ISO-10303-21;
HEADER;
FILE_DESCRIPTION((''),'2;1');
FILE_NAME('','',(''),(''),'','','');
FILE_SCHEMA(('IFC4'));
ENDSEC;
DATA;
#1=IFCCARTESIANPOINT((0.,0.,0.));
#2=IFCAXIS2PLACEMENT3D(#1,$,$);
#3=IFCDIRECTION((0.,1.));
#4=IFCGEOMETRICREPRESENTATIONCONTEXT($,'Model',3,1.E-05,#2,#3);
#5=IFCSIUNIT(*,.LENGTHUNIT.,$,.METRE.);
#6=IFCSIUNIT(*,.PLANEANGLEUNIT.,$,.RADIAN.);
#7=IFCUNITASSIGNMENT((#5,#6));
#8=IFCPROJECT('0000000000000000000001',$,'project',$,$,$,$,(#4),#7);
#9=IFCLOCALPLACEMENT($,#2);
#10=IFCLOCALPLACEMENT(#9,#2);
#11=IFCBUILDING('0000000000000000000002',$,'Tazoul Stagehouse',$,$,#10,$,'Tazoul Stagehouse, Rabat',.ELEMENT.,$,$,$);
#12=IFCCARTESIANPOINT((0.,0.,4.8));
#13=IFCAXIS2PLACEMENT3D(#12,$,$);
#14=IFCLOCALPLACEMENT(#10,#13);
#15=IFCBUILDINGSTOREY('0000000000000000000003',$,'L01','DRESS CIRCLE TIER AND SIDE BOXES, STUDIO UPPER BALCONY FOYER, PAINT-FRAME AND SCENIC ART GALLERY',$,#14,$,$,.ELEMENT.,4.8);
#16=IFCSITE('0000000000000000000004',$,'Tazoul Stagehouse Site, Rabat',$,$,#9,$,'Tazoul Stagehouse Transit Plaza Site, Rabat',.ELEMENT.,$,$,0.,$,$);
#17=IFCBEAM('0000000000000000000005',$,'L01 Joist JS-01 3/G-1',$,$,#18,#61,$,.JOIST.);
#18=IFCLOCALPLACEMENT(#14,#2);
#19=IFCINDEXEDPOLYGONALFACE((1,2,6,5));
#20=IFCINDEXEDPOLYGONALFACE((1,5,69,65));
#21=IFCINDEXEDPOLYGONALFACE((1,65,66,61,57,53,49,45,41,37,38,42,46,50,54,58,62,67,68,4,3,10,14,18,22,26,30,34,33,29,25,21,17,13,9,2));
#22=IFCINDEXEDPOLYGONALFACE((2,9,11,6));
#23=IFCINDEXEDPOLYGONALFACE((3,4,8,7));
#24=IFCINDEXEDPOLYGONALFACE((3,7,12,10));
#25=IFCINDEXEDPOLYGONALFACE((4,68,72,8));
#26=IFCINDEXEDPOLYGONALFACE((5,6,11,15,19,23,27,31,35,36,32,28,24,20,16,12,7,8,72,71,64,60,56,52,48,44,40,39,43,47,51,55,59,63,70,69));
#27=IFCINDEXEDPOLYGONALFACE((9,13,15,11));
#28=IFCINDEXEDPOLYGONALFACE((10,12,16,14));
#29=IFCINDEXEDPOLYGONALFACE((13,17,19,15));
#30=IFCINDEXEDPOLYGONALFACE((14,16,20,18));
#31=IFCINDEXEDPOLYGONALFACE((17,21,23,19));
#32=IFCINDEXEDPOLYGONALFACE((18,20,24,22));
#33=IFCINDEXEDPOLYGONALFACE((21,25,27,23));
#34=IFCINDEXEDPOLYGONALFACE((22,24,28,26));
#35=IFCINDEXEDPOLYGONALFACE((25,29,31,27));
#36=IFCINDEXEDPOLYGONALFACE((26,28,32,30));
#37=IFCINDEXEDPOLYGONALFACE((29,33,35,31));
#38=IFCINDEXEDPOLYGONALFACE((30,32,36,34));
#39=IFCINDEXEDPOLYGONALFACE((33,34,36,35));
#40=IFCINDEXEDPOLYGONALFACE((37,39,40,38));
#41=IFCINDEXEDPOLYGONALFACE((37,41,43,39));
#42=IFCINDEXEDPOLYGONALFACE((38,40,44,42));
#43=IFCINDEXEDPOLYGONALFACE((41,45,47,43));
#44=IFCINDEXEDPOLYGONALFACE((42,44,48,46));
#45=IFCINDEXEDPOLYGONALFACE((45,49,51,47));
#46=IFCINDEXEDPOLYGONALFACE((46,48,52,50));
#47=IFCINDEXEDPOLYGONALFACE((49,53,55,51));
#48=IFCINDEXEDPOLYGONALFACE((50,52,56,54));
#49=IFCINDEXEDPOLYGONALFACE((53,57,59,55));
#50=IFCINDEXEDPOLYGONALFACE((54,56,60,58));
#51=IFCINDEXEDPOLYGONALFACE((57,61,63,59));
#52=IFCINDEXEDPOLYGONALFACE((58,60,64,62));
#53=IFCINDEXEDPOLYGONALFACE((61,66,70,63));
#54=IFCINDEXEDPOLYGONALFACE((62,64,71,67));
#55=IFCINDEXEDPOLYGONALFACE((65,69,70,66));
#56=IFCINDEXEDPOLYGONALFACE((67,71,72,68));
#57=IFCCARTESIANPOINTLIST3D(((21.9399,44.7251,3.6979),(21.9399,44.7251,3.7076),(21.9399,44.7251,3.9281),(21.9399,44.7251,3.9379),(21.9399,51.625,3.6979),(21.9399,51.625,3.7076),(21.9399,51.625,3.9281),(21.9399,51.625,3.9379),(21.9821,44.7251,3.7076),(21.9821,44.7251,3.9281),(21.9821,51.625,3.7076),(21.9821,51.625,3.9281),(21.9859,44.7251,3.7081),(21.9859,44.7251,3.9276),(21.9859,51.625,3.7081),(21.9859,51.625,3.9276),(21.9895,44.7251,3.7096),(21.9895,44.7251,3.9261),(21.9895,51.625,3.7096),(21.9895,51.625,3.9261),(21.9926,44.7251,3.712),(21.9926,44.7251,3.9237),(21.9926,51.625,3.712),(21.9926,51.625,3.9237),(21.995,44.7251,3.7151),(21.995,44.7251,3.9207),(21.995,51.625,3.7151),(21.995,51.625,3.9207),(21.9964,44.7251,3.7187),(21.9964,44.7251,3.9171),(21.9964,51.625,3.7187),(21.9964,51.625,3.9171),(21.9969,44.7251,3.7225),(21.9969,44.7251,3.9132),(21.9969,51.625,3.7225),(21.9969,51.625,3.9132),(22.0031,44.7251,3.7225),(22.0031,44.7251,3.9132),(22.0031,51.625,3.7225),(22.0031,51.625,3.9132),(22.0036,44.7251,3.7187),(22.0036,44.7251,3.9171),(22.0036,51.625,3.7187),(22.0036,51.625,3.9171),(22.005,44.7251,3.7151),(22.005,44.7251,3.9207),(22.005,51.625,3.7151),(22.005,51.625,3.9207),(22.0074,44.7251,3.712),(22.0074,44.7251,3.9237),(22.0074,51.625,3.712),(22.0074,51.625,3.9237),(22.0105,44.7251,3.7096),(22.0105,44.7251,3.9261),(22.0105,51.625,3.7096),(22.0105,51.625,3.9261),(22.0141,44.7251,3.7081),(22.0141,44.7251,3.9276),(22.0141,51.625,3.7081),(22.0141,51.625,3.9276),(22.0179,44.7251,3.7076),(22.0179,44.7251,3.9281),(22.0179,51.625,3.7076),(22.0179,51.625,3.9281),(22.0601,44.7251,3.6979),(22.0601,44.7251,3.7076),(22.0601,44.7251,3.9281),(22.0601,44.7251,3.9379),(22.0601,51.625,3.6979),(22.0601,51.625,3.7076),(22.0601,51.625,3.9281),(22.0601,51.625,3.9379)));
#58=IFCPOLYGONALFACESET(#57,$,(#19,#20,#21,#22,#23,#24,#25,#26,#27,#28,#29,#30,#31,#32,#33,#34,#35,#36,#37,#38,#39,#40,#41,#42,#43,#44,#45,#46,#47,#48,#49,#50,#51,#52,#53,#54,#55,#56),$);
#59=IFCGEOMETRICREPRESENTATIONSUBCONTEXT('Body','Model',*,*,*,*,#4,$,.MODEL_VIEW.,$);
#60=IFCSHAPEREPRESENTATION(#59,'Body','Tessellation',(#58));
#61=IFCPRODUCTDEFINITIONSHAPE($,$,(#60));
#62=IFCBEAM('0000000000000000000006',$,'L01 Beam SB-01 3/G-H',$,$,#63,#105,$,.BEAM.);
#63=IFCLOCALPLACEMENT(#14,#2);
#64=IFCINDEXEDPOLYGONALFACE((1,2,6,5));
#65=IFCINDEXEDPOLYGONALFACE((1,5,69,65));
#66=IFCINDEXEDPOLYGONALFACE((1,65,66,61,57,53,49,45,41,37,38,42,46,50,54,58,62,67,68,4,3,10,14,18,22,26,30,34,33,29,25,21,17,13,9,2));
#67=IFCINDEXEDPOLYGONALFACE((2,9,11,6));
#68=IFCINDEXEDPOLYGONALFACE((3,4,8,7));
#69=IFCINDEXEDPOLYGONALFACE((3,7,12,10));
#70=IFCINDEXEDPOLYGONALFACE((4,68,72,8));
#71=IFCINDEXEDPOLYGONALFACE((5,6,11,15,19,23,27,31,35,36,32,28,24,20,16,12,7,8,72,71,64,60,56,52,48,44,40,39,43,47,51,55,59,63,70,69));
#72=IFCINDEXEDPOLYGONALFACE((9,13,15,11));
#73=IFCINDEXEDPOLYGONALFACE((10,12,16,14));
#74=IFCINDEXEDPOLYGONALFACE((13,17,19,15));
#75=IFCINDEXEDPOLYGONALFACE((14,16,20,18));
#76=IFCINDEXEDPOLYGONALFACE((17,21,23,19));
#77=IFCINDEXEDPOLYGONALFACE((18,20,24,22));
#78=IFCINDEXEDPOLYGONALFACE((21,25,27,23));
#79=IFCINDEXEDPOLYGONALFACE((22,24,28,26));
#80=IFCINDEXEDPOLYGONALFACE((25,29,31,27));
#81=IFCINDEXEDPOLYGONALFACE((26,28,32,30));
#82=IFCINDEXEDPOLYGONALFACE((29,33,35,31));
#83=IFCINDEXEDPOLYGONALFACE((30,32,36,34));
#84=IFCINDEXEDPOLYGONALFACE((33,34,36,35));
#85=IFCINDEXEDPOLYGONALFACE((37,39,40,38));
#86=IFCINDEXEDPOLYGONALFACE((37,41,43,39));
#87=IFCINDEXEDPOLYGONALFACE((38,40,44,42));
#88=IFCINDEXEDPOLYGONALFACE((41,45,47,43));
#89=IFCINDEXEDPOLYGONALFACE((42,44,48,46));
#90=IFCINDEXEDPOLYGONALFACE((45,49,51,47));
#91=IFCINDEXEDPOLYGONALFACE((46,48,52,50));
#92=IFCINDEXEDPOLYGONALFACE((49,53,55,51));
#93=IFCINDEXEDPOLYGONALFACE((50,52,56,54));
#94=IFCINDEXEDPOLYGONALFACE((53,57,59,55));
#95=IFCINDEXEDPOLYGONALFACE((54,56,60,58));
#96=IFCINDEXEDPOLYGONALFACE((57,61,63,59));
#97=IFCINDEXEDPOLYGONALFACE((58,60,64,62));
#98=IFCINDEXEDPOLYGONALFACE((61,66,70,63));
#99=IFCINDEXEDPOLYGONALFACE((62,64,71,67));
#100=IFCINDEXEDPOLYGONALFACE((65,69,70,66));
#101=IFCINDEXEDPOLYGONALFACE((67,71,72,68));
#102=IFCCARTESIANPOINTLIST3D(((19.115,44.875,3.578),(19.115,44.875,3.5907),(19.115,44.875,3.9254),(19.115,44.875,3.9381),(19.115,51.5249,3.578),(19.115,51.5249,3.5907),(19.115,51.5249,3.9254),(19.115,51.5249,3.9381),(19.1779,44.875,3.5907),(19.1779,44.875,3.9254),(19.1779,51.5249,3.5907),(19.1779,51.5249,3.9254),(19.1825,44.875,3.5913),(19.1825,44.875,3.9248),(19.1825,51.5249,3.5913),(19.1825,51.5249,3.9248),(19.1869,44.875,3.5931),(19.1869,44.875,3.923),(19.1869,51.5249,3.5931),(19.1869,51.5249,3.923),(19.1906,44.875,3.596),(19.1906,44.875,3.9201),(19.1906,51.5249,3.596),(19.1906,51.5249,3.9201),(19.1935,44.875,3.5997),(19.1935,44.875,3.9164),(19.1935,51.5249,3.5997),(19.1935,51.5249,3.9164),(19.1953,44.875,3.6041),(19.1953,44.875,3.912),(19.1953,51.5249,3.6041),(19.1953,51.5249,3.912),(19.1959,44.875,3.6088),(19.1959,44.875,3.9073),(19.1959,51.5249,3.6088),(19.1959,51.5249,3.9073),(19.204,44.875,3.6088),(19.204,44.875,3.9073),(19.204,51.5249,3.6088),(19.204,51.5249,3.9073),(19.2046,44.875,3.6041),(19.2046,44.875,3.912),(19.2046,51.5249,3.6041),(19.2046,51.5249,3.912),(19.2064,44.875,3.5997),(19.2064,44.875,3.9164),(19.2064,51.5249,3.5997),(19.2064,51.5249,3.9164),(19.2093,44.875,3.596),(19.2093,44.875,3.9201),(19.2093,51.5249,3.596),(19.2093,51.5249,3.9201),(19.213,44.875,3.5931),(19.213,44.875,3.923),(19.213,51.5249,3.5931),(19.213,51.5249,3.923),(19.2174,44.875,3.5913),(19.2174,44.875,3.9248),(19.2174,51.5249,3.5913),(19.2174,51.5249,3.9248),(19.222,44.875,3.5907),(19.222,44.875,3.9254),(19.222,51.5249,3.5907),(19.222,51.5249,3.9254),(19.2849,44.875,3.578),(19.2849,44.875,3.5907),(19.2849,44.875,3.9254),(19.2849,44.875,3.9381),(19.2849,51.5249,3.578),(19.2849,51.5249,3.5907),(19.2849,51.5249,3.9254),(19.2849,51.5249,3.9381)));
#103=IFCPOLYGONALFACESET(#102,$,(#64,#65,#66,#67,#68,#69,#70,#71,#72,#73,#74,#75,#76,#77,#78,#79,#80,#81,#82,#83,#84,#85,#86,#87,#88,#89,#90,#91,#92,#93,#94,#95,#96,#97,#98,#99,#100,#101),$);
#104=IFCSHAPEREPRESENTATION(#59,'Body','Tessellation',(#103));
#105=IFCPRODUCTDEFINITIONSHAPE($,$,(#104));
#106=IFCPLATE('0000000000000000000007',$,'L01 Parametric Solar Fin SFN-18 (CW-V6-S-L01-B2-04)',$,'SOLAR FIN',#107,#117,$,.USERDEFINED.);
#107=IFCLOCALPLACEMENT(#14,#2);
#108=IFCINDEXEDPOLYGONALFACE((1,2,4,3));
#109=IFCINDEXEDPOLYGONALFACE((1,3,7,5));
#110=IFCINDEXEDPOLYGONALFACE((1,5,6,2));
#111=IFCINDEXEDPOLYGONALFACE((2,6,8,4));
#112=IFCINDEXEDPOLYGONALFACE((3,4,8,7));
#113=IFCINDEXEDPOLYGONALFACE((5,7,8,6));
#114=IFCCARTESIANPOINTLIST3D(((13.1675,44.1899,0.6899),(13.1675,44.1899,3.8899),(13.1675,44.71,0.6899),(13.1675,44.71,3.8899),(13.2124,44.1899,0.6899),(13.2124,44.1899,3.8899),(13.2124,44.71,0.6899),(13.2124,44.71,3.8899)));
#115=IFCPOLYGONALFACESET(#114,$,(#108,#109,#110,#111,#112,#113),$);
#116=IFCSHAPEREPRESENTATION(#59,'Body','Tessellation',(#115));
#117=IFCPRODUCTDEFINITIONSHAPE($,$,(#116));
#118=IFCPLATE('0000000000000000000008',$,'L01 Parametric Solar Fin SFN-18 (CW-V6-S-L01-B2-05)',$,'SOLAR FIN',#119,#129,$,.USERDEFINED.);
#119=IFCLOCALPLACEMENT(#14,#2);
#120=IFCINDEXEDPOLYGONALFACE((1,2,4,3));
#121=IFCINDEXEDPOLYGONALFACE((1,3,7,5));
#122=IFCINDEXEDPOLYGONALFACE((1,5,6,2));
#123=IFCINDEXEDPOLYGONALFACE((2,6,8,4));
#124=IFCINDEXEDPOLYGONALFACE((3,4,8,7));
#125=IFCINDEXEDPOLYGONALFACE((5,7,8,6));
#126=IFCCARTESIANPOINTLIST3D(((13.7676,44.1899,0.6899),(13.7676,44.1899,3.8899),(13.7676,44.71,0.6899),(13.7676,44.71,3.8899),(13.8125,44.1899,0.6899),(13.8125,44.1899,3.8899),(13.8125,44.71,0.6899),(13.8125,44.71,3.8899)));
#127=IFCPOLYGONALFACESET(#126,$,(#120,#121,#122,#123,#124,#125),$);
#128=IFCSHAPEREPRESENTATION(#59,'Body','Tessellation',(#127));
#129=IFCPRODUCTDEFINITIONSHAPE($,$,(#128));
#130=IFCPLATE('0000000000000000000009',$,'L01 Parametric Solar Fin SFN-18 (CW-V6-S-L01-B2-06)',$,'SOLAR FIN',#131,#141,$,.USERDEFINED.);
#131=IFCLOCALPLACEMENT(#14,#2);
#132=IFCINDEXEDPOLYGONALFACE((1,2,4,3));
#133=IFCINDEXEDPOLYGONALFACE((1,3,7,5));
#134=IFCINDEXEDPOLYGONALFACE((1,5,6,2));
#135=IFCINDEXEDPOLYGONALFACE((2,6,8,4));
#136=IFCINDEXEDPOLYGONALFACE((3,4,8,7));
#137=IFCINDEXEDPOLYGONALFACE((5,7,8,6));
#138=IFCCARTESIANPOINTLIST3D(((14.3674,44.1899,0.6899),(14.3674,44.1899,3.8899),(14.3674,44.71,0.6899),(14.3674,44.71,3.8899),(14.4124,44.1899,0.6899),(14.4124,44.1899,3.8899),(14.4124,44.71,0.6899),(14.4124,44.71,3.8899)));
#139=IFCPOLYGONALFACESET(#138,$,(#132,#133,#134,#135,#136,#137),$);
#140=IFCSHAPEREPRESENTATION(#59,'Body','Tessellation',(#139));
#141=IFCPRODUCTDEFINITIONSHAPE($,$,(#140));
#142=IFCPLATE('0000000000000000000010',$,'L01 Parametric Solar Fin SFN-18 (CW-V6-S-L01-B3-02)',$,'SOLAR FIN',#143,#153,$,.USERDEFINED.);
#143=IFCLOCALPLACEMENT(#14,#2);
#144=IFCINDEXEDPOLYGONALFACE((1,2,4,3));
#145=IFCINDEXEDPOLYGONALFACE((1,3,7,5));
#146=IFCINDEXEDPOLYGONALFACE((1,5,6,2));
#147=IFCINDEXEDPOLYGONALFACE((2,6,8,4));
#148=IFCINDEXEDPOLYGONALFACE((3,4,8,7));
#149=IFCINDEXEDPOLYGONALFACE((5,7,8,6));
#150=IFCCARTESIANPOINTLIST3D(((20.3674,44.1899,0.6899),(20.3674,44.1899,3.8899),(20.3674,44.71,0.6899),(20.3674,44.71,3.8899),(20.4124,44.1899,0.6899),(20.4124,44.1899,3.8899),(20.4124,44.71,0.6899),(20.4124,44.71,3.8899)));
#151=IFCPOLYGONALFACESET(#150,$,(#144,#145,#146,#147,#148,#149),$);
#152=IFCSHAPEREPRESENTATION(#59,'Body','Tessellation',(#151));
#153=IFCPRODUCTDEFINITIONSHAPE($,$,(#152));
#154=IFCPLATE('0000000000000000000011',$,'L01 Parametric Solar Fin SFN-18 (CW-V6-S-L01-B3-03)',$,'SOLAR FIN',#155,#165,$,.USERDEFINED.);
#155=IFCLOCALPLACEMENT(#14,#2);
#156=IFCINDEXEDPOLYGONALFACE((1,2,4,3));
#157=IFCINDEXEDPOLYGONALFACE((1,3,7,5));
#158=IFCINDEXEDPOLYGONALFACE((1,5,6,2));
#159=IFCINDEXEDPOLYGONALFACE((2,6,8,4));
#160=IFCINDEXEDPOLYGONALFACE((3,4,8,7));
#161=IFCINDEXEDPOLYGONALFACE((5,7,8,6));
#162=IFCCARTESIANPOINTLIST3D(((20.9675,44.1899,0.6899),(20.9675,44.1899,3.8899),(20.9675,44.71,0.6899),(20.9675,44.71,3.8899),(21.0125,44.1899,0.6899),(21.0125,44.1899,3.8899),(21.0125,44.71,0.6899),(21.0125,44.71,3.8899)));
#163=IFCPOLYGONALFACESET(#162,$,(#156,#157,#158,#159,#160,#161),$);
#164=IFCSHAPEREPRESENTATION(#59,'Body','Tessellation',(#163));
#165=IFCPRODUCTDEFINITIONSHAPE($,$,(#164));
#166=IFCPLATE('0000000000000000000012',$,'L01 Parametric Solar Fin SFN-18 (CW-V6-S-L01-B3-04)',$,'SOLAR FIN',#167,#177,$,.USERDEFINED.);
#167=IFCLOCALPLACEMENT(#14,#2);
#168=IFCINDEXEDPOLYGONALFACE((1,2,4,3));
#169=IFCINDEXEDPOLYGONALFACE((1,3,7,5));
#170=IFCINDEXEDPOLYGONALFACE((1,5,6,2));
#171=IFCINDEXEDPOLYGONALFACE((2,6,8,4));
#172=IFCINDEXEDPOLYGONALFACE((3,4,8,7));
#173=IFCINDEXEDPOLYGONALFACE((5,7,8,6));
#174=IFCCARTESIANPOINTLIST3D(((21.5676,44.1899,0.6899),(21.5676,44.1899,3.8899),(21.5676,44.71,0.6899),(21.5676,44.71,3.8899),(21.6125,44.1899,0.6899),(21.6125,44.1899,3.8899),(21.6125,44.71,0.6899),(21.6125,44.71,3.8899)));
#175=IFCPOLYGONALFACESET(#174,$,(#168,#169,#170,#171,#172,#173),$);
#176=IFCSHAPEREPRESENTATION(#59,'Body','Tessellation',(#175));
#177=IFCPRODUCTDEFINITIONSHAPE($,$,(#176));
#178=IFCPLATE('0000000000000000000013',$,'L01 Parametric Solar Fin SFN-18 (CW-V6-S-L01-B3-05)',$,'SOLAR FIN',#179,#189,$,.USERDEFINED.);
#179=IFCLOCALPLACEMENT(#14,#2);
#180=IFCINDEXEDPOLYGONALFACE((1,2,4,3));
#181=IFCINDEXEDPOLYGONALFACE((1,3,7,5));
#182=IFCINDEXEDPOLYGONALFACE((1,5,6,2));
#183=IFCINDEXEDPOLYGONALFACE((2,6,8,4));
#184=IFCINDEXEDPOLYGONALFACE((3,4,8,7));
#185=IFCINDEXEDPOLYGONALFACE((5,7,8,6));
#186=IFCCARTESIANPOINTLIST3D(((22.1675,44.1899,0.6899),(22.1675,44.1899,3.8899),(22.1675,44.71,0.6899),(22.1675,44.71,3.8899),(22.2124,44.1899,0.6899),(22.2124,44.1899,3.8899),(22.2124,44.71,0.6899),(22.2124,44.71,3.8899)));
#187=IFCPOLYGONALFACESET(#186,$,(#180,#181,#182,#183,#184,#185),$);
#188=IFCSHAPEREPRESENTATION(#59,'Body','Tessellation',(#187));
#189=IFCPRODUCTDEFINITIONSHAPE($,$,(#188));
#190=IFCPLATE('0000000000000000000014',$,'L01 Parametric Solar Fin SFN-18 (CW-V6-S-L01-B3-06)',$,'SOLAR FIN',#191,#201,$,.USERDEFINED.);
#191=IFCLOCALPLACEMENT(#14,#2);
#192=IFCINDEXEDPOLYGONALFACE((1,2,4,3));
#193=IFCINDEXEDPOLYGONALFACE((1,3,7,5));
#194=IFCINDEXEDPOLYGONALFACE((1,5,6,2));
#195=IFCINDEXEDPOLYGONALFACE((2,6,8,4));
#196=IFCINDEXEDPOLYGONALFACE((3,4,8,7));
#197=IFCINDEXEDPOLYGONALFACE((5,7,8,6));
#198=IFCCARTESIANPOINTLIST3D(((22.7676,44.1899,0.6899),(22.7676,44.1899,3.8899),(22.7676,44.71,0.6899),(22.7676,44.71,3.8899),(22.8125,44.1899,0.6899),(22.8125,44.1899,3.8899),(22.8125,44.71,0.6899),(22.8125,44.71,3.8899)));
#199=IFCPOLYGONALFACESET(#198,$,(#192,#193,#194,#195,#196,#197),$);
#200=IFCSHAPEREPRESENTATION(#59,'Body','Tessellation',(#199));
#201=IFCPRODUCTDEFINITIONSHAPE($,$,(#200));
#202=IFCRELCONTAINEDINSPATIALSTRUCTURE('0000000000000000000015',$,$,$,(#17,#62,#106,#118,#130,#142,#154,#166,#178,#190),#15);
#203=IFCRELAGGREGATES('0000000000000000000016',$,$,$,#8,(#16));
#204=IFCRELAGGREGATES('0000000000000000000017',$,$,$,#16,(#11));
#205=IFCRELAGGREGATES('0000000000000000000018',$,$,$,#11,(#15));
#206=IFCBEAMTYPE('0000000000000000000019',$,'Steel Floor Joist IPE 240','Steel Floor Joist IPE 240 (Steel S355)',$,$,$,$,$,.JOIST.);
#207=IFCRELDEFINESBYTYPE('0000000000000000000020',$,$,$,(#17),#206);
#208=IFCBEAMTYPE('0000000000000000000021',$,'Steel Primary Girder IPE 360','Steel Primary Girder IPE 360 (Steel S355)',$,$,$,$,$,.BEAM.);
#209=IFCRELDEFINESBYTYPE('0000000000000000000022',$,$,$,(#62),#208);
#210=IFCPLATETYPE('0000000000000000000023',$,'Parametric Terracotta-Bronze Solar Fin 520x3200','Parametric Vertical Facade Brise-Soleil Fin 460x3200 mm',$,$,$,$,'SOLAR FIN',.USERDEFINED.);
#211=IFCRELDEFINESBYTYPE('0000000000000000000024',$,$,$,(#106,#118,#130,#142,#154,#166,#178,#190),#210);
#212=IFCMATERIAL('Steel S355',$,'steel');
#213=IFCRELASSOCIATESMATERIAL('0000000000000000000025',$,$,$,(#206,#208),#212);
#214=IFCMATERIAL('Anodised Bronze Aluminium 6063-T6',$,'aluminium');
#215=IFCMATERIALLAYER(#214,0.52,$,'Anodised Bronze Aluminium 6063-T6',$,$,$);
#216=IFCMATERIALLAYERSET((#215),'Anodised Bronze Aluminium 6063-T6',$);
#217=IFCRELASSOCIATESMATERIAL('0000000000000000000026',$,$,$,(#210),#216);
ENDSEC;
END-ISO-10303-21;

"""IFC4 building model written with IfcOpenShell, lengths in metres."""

from ifc_helpers import new_model, si_unit, direction, frame, origin, origin_2d, place, context, subcontext, project, spatial, rectangle, i_section, extrude, material, layer, layer_set, material_profile, profile_set, type_object, element, save


model = new_model("IFC4")

# Units and contexts
model_context = context("Model", 3, precision=1e-05, world=origin(), true_north=direction((0.0, 1.0)))
body_context = subcontext(model_context, "Body", "Model", "MODEL_VIEW")
ifc_project = project(units=[si_unit("LENGTHUNIT", "METRE"), si_unit("PLANEANGLEUNIT", "RADIAN")], contexts=[model_context])

# Site, building, storey
site_placement = place(None, origin())
site = spatial("IfcSite", under=ifc_project, at=site_placement, Name="Tazoul Stagehouse Site, Rabat", LongName="Tazoul Stagehouse Transit Plaza Site, Rabat", CompositionType="ELEMENT", RefElevation=0.0)
building_placement = place(site_placement, origin())
building = spatial("IfcBuilding", under=site, at=building_placement, Name="Tazoul Stagehouse", LongName="Tazoul Stagehouse, Rabat", CompositionType="ELEMENT")
storey_placement = place(building_placement, frame((0.0, 0.0, 4.8)))
storey = spatial("IfcBuildingStorey", under=building, at=storey_placement, Name="L01", Description="DRESS CIRCLE TIER AND SIDE BOXES, STUDIO UPPER BALCONY FOYER, PAINT-FRAME AND SCENIC ART GALLERY", CompositionType="ELEMENT", Elevation=4.8)

# Beams
ifc_material_1 = material(Name="Steel S355", Category="steel")
ifc_material_profile_1 = material_profile(ifc_material_1, i_section(OverallWidth=0.1201, OverallDepth=0.24, WebThickness=0.0061, FlangeThickness=0.0098, FilletRadius=0.0149, at=origin_2d()), Name="IPE 240")
ifc_profile_set_1 = profile_set([ifc_material_profile_1], Name="Steel S355")
beam_type_1 = type_object("IfcBeamType", Name="Steel Floor Joist IPE 240", Description="Steel Floor Joist IPE 240 (Steel S355)", PredefinedType="JOIST", material=ifc_profile_set_1)
for number, where, z_axis, x_axis, name in (
    (1, (22.0, 44.7251, 3.8179), (0.0, 1.0, 0.0), (-1.0, 0.0, 0.0), "L01 Joist JS-01 3/G-1"),
):
    element("IfcBeam", number, at=place(storey_placement, frame(where, z_axis=z_axis, x_axis=x_axis)), inside=storey, type_object=beam_type_1, Name=name, PredefinedType="JOIST", context=body_context, shape_type="SweptSolid", body=[
        extrude(i_section(OverallWidth=0.1201, OverallDepth=0.24, WebThickness=0.0061, FlangeThickness=0.0098, FilletRadius=0.0149, at=origin_2d()), origin(), (0.0, 0.0, 1.0), 6.8999),
    ])
ifc_material_profile_2 = material_profile(ifc_material_1, i_section(OverallWidth=0.1699, OverallDepth=0.3601, WebThickness=0.0081, FlangeThickness=0.0127, FilletRadius=0.0181, at=origin_2d()), Name="IPE 360")
ifc_profile_set_2 = profile_set([ifc_material_profile_2], Name="Steel S355")
beam_type_2 = type_object("IfcBeamType", Name="Steel Primary Girder IPE 360", Description="Steel Primary Girder IPE 360 (Steel S355)", PredefinedType="BEAM", material=ifc_profile_set_2)
beam_1_placement = place(storey_placement, frame((19.2, 44.875, 3.7581), z_axis=(0.0, 1.0, 0.0), x_axis=(-1.0, 0.0, 0.0)))
element("IfcBeam", 2, at=beam_1_placement, inside=storey, type_object=beam_type_2, Name="L01 Beam SB-01 3/G-H", PredefinedType="BEAM", context=body_context, shape_type="SweptSolid", body=[
    extrude(i_section(OverallWidth=0.1699, OverallDepth=0.3601, WebThickness=0.0081, FlangeThickness=0.0127, FilletRadius=0.0181, at=origin_2d()), origin(), (0.0, 0.0, 1.0), 6.6499),
])

# Plates
ifc_material_2 = material(Name="Anodised Bronze Aluminium 6063-T6", Category="aluminium")
ifc_layer_1 = layer(ifc_material_2, 0.52, Name="Anodised Bronze Aluminium 6063-T6")
ifc_layer_set_1 = layer_set([ifc_layer_1], Name="Anodised Bronze Aluminium 6063-T6")
plate_type = type_object("IfcPlateType", Name="Parametric Terracotta-Bronze Solar Fin 520x3200", Description="Parametric Vertical Facade Brise-Soleil Fin 460x3200 mm", ElementType="SOLAR FIN", PredefinedType="USERDEFINED", material=ifc_layer_set_1)
for number, where, z_axis, x_axis, name in (
    (3, (13.1899, 44.45, 0.6899), (0.0, 0.0, 1.0), (1.0, 0.0, 0.0), "L01 Parametric Solar Fin SFN-18 (CW-V6-S-L01-B2-04)"),
    (4, (13.79, 44.45, 0.6899), (0.0, 0.0, 1.0), (1.0, 0.0, 0.0), "L01 Parametric Solar Fin SFN-18 (CW-V6-S-L01-B2-05)"),
    (5, (14.3899, 44.45, 0.6899), (0.0, 0.0, 1.0), (1.0, 0.0, 0.0), "L01 Parametric Solar Fin SFN-18 (CW-V6-S-L01-B2-06)"),
    (6, (20.3899, 44.45, 0.6899), (0.0, 0.0, 1.0), (1.0, 0.0, 0.0), "L01 Parametric Solar Fin SFN-18 (CW-V6-S-L01-B3-02)"),
    (7, (20.99, 44.45, 0.6899), (0.0, 0.0, 1.0), (1.0, 0.0, 0.0), "L01 Parametric Solar Fin SFN-18 (CW-V6-S-L01-B3-03)"),
    (8, (21.5901, 44.45, 0.6899), (0.0, 0.0, 1.0), (1.0, 0.0, 0.0), "L01 Parametric Solar Fin SFN-18 (CW-V6-S-L01-B3-04)"),
    (9, (22.1899, 44.45, 0.6899), (0.0, 0.0, 1.0), (1.0, 0.0, 0.0), "L01 Parametric Solar Fin SFN-18 (CW-V6-S-L01-B3-05)"),
    (10, (22.79, 44.45, 0.6899), (0.0, 0.0, 1.0), (1.0, 0.0, 0.0), "L01 Parametric Solar Fin SFN-18 (CW-V6-S-L01-B3-06)"),
):
    element("IfcPlate", number, at=place(storey_placement, frame(where, z_axis=z_axis, x_axis=x_axis)), inside=storey, type_object=plate_type, Name=name, ObjectType="SOLAR FIN", PredefinedType="USERDEFINED", context=body_context, shape_type="SweptSolid", body=[
        extrude(rectangle(XDim=0.0449, YDim=0.52, at=origin_2d()), origin(), (0.0, 0.0, 1.0), 3.2),
    ])

save(model, "model.ifc")
